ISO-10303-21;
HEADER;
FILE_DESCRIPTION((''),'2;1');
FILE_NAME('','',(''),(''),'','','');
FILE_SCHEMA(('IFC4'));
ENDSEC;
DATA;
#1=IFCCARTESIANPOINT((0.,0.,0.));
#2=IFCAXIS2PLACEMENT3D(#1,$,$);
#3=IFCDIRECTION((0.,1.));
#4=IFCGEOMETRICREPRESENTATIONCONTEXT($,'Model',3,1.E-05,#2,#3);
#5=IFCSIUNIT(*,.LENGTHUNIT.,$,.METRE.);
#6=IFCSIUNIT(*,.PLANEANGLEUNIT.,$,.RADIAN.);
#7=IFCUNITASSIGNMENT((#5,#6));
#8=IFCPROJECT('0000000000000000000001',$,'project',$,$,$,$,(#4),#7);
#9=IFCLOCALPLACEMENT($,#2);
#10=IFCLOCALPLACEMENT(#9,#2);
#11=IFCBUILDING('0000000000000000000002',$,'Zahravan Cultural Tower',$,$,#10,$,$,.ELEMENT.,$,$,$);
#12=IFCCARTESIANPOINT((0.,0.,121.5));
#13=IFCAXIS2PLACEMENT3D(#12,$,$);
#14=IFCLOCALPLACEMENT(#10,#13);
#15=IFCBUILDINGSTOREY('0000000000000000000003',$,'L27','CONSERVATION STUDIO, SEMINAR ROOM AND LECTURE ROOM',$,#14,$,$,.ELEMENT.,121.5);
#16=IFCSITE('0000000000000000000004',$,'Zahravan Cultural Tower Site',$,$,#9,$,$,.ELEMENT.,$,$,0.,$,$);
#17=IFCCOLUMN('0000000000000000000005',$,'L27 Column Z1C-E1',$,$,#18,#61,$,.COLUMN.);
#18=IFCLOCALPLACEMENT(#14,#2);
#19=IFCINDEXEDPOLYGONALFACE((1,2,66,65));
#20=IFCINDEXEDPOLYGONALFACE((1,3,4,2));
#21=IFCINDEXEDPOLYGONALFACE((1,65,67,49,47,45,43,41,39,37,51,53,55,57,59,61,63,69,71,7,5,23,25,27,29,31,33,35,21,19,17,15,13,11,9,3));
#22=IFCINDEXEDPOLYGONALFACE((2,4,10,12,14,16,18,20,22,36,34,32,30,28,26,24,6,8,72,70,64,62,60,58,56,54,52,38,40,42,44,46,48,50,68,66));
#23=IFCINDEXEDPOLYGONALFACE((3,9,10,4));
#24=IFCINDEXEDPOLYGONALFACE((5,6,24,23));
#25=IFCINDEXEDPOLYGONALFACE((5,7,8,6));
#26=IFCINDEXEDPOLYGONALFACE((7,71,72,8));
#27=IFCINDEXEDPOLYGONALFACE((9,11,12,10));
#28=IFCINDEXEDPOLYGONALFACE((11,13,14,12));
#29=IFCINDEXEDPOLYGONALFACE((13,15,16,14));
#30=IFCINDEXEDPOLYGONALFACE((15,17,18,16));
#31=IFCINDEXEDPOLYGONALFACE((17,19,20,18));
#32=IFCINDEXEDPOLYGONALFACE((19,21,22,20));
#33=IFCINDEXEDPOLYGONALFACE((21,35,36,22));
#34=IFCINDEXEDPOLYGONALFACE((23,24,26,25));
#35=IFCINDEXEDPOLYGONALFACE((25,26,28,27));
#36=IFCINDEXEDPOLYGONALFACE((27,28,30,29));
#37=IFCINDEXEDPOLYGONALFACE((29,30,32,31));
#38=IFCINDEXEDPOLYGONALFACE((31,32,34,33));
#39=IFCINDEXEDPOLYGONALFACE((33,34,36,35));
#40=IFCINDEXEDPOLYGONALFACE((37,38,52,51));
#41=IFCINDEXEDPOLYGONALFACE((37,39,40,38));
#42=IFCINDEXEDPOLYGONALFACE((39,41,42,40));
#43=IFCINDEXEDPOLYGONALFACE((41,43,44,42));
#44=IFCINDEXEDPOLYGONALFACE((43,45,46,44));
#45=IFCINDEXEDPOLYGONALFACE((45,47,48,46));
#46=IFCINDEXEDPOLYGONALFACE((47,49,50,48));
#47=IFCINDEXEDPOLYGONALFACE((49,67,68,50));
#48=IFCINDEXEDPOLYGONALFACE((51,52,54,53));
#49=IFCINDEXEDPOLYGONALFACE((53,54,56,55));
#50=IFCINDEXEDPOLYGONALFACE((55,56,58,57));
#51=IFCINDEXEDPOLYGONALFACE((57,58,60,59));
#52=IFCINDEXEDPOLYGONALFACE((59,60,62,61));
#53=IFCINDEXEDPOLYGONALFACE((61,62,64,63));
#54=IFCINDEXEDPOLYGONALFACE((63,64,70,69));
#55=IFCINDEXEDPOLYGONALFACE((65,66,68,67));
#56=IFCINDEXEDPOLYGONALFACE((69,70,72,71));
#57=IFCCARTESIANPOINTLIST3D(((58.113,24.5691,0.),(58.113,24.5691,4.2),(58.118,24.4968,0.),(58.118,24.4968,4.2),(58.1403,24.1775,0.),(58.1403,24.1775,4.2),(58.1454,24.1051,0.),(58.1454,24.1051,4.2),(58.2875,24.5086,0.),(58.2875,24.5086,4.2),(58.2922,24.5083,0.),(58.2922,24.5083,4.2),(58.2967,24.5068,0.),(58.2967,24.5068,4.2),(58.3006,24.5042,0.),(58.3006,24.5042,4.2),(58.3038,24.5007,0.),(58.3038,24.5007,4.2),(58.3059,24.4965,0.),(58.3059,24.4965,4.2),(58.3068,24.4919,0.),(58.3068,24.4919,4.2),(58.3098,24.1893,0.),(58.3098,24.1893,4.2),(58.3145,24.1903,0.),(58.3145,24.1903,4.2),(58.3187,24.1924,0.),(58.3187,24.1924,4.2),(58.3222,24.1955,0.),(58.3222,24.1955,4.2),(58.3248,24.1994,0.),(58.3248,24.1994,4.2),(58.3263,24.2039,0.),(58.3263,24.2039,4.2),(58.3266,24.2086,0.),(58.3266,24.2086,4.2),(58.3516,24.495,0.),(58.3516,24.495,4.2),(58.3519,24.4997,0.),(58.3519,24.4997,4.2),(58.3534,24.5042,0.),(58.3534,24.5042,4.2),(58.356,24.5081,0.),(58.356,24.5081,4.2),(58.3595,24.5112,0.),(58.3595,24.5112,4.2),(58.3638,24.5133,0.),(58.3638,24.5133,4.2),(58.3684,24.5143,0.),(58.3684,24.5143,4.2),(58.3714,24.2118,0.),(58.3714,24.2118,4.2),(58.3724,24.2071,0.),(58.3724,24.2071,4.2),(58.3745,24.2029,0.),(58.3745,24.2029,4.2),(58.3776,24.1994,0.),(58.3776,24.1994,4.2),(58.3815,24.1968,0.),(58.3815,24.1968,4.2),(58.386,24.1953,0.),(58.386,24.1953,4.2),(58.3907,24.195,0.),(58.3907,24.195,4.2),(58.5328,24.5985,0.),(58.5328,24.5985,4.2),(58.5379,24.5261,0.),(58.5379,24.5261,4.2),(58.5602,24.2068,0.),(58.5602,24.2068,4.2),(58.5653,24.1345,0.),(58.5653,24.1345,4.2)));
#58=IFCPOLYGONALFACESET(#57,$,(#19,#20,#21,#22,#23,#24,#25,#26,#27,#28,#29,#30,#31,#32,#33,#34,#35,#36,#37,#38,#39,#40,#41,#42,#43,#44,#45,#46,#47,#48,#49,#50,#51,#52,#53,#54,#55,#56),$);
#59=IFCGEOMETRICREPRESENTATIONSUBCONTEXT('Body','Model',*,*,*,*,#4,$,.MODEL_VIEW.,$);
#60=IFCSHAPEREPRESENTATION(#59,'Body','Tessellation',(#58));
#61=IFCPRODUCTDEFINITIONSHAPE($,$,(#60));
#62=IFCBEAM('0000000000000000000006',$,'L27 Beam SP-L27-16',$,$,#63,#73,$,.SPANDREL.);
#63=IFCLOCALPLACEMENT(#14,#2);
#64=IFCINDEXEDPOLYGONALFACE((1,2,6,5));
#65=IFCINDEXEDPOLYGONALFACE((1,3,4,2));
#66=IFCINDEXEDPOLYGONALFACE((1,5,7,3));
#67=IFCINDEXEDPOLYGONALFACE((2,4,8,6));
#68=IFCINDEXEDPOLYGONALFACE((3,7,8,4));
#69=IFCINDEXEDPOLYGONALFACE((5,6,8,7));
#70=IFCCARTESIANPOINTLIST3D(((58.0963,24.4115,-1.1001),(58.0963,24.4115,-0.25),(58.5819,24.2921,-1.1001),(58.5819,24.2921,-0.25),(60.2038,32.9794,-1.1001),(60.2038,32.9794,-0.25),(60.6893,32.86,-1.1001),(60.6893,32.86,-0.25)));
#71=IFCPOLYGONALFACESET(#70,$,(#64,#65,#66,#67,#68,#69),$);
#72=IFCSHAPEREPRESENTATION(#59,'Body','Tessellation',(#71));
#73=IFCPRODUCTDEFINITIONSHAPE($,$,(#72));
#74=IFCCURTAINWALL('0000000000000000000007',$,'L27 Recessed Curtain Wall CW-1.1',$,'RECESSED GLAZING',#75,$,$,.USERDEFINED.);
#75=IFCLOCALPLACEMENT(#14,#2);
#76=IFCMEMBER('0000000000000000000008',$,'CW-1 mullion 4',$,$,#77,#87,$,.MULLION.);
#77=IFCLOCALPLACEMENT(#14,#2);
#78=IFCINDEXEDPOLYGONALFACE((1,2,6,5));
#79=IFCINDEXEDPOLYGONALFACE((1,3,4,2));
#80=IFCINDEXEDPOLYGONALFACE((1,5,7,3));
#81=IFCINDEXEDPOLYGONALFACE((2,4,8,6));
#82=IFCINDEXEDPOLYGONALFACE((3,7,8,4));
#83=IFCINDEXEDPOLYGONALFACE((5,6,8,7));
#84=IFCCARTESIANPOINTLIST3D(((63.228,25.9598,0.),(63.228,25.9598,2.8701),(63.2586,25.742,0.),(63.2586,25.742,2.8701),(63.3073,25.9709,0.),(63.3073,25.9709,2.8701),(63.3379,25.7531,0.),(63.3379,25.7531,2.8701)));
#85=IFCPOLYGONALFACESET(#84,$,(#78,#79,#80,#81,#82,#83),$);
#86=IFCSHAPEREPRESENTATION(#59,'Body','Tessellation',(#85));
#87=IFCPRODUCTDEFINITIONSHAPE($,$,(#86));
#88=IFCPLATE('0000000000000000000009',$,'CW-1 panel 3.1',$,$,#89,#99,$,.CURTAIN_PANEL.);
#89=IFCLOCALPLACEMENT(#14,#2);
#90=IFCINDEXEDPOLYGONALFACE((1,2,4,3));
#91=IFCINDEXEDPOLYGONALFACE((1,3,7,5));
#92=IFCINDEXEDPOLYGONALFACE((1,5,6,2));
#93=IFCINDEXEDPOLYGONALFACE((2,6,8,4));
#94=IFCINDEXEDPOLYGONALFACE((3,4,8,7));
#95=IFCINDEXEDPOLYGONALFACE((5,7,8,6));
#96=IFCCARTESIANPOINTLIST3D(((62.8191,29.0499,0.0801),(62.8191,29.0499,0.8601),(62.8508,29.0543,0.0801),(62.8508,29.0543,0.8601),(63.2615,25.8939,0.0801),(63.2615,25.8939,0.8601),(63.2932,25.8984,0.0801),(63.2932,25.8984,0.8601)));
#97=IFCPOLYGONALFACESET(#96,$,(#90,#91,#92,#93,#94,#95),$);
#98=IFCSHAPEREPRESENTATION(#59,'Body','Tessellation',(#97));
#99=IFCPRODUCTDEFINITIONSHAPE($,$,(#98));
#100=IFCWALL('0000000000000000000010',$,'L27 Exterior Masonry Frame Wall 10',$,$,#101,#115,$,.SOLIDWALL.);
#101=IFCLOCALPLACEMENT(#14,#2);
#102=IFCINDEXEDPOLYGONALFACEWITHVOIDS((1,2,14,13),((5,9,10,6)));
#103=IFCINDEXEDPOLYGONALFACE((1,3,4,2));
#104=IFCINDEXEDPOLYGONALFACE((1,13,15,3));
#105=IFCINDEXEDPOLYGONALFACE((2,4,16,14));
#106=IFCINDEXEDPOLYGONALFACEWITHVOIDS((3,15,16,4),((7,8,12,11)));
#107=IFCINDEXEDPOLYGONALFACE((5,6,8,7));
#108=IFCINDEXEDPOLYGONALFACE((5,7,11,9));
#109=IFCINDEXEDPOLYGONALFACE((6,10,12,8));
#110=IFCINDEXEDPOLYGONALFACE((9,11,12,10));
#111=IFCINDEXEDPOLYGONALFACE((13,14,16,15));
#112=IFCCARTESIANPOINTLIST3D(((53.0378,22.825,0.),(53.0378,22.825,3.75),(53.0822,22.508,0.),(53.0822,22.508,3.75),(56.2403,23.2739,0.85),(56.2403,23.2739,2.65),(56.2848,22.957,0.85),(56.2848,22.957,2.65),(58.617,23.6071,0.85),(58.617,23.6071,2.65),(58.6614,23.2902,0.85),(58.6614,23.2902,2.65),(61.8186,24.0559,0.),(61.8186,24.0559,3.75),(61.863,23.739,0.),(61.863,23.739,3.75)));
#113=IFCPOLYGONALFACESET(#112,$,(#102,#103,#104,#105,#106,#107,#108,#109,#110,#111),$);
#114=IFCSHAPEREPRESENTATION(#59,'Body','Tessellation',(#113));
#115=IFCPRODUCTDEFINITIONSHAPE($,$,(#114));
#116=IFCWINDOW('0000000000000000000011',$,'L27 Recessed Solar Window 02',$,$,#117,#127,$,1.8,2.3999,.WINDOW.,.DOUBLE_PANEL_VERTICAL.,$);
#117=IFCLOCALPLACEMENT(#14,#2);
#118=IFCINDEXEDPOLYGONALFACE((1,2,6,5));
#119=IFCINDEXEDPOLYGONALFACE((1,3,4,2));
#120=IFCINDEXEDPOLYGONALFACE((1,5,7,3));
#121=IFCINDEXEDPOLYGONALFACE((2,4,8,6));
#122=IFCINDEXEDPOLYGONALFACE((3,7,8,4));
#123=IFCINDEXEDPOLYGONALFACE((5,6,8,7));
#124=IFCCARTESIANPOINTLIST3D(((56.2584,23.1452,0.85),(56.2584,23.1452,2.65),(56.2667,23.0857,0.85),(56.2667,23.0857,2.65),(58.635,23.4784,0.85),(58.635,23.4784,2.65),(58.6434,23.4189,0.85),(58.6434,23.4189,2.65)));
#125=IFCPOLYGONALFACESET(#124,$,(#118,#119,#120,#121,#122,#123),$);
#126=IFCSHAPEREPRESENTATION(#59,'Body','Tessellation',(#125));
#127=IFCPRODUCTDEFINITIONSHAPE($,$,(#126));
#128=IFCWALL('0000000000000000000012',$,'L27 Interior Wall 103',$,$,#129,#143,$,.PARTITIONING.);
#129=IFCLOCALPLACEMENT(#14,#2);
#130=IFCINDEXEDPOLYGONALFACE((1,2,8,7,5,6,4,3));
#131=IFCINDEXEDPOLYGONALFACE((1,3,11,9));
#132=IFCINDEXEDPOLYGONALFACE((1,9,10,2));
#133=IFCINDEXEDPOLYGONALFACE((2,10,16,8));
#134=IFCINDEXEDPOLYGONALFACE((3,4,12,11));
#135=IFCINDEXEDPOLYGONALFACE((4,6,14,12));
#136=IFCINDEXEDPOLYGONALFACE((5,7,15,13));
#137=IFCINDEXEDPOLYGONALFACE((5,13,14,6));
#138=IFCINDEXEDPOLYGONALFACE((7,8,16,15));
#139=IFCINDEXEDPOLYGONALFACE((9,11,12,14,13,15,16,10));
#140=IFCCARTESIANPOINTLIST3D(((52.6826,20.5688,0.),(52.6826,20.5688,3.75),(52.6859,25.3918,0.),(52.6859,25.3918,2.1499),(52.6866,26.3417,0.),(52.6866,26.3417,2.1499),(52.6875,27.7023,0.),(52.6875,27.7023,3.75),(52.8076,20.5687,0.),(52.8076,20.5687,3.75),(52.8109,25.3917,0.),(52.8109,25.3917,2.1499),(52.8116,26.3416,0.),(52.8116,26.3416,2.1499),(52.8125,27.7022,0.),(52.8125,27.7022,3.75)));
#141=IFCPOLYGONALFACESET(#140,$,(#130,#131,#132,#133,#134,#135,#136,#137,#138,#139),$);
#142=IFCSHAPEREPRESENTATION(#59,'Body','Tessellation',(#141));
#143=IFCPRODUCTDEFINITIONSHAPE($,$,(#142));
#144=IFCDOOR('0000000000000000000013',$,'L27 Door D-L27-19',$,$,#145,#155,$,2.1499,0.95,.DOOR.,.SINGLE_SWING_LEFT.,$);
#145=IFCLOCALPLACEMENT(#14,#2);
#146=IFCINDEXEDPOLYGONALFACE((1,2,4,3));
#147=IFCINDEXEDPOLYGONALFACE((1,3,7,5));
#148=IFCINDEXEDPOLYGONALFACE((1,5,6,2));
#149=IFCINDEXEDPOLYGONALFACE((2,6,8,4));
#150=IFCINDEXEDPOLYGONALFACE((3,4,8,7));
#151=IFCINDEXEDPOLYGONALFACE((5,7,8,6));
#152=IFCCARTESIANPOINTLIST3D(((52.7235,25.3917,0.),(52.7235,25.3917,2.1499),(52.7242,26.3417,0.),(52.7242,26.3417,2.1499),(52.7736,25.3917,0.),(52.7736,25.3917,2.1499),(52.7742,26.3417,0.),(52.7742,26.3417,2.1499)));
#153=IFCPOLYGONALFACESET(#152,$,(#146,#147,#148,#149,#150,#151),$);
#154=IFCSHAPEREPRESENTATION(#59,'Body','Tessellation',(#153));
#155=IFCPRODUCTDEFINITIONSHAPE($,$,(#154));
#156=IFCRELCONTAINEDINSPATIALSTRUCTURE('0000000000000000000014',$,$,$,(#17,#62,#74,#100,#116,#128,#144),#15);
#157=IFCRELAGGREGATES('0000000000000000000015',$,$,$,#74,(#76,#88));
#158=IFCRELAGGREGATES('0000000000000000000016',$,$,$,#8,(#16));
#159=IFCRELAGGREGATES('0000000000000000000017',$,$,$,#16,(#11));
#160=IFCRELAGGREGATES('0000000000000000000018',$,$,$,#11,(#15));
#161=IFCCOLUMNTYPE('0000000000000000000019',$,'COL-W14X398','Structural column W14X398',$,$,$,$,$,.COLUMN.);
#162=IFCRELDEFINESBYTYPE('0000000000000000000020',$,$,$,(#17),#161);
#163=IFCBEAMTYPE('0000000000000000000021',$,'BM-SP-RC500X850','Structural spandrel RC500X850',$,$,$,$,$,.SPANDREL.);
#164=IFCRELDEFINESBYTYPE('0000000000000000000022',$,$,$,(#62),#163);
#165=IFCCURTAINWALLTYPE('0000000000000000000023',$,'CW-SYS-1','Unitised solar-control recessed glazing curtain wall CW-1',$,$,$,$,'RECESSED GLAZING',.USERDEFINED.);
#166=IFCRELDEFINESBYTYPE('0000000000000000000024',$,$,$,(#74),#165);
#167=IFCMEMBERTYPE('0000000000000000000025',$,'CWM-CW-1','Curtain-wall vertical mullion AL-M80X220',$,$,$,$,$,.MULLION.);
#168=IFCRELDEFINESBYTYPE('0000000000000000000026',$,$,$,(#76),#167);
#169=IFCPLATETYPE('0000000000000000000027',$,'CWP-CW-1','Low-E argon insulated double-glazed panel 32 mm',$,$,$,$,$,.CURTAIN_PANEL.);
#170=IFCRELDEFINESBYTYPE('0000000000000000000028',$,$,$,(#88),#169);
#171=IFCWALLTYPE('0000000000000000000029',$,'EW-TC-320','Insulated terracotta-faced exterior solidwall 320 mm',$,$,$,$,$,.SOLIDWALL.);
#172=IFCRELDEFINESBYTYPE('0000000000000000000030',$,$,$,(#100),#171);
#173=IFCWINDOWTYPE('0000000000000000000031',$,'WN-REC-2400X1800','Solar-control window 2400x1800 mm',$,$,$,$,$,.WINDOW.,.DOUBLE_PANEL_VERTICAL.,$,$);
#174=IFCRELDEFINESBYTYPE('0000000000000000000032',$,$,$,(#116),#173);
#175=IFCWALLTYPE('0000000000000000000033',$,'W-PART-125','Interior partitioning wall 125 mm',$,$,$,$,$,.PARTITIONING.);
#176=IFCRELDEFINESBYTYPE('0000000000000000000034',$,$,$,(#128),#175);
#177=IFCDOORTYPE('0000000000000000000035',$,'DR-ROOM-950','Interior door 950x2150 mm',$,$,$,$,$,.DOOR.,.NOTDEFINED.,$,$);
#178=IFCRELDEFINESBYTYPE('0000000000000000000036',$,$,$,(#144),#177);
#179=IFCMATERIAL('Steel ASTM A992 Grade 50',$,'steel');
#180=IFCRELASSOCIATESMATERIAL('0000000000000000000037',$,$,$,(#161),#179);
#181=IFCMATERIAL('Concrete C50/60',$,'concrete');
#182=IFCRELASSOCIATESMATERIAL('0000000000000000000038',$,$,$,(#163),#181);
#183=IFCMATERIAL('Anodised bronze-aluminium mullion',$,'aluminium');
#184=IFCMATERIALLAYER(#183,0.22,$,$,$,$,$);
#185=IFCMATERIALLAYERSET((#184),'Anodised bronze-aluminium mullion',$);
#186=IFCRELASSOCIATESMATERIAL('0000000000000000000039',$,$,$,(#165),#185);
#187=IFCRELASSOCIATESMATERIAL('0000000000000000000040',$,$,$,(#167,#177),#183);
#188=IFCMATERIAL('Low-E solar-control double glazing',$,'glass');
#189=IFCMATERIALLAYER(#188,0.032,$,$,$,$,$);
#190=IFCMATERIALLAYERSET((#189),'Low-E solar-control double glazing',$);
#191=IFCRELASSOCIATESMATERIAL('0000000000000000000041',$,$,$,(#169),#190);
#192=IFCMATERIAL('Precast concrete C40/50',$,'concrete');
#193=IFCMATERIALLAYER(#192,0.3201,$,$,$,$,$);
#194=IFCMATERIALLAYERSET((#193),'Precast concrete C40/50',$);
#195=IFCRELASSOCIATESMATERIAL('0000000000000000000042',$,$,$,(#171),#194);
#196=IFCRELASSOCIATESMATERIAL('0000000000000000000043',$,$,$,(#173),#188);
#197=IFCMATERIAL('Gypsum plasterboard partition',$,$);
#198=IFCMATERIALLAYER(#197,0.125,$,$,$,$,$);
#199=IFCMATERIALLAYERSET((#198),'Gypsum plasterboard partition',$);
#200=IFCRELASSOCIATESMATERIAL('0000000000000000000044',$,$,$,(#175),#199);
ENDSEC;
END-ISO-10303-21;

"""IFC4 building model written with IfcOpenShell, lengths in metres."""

from ifc_helpers import new_model, si_unit, direction, frame, frame_2d, origin, origin_2d, place, context, subcontext, project, spatial, rectangle, i_section, extrude, source, transform, mapped, material, layer, layer_set, material_profile, profile_set, type_object, element, fill, aggregate, save


model = new_model("IFC4")

# Units and contexts
model_context = context("Model", 3, precision=1e-05, world=origin(), true_north=direction((0.0, 1.0)))
body_context = subcontext(model_context, "Body", "Model", "MODEL_VIEW")
ifc_project = project(units=[si_unit("LENGTHUNIT", "METRE"), si_unit("PLANEANGLEUNIT", "RADIAN")], contexts=[model_context])

# Site, building, storey
site_placement = place(None, origin())
site = spatial("IfcSite", under=ifc_project, at=site_placement, Name="Zahravan Cultural Tower Site", CompositionType="ELEMENT", RefElevation=0.0)
building_placement = place(site_placement, origin())
building = spatial("IfcBuilding", under=site, at=building_placement, Name="Zahravan Cultural Tower", CompositionType="ELEMENT")
storey_placement = place(building_placement, frame((0.0, 0.0, 121.5)))
storey = spatial("IfcBuildingStorey", under=building, at=storey_placement, Name="L27", Description="CONSERVATION STUDIO, SEMINAR ROOM AND LECTURE ROOM", CompositionType="ELEMENT", Elevation=121.5)

# Column
ifc_material_1 = material(Name="Steel ASTM A992 Grade 50", Category="steel")
ifc_material_profile_1 = material_profile(ifc_material_1, i_section(OverallWidth=0.4209, OverallDepth=0.4651, WebThickness=0.0449, FlangeThickness=0.0725, FilletRadius=0.0181, at=origin_2d()), Name="W14X398")
ifc_profile_set_1 = profile_set([ifc_material_profile_1], Name="Steel ASTM A992 Grade 50")
column_type = type_object("IfcColumnType", Name="COL-W14X398", Description="Structural column W14X398", PredefinedType="COLUMN", material=ifc_profile_set_1)
shared_shape_1 = source(origin(), body_context, "Body", "SweptSolid", [
    extrude(i_section(OverallWidth=0.4209, OverallDepth=0.4651, WebThickness=0.0449, FlangeThickness=0.0725, FilletRadius=0.0181, at=origin_2d()), origin(), (0.0, 0.0, 1.0), 4.2),
])
column_placement = place(storey_placement, frame((58.3391, 24.3518, 0.0), z_axis=(0.0, 0.0, 1.0), x_axis=(0.997564, 0.069756, 0.0)))
element("IfcColumn", 1, at=column_placement, inside=storey, type_object=column_type, Name="L27 Column Z1C-E1", PredefinedType="COLUMN", context=body_context, shape_type="MappedRepresentation", body=[
    mapped(shared_shape_1, transform((0.0, 0.0, 0.0), x_axis=(1.0, 0.0, 0.0), y_axis=(0.0, 1.0, 0.0), z_axis=(0.0, 0.0, 1.0), scale=1.0)),
])

# Beam
ifc_material_2 = material(Name="Concrete C50/60", Category="concrete")
ifc_material_profile_2 = material_profile(ifc_material_2, rectangle(XDim=0.5, YDim=0.8501, at=origin_2d()), Name="RC500X850")
ifc_profile_set_2 = profile_set([ifc_material_profile_2], Name="Concrete C50/60")
beam_type = type_object("IfcBeamType", Name="BM-SP-RC500X850", Description="Structural spandrel RC500X850", PredefinedType="SPANDREL", material=ifc_profile_set_2)
shared_shape_2 = source(origin(), body_context, "Body", "SweptSolid", [
    extrude(rectangle(XDim=0.5, YDim=0.8501, at=origin_2d()), origin(), (0.0, 0.0, 1.0), 8.8232),
])
beam_placement = place(storey_placement, frame((58.3391, 24.3518, -0.675), z_axis=(0.238849, 0.971057, 0.0), x_axis=(-0.971057, 0.238849, 0.0)))
element("IfcBeam", 2, at=beam_placement, inside=storey, type_object=beam_type, Name="L27 Beam SP-L27-16", PredefinedType="SPANDREL", context=body_context, shape_type="MappedRepresentation", body=[
    mapped(shared_shape_2, transform((0.0, 0.0, 0.0), x_axis=(1.0, 0.0, 0.0), y_axis=(0.0, 1.0, 0.0), z_axis=(0.0, 0.0, 1.0), scale=1.0)),
])

# Curtain wall, member, plate
ifc_material_3 = material(Name="Anodised bronze-aluminium mullion", Category="aluminium")
ifc_layer_1 = layer(ifc_material_3, 0.22)
ifc_layer_set_1 = layer_set([ifc_layer_1], Name="Anodised bronze-aluminium mullion")
curtain_wall_type = type_object("IfcCurtainWallType", Name="CW-SYS-1", Description="Unitised solar-control recessed glazing curtain wall CW-1", ElementType="RECESSED GLAZING", PredefinedType="USERDEFINED", material=ifc_layer_set_1)
curtain_wall_placement = place(storey_placement, origin())
curtain_wall = element("IfcCurtainWall", 3, at=curtain_wall_placement, inside=storey, type_object=curtain_wall_type, Name="L27 Recessed Curtain Wall CW-1.1", ObjectType="RECESSED GLAZING", PredefinedType="USERDEFINED")
ifc_material_profile_3 = material_profile(ifc_material_3, rectangle(XDim=0.0801, YDim=0.22, at=origin_2d()), Name="AL-M80X220")
ifc_profile_set_3 = profile_set([ifc_material_profile_3], Name="Anodised bronze-aluminium mullion")
member_type = type_object("IfcMemberType", Name="CWM-CW-1", Description="Curtain-wall vertical mullion AL-M80X220", PredefinedType="MULLION", material=ifc_profile_set_3)
shared_shape_3 = source(origin(), body_context, "Body", "SweptSolid", [
    extrude(rectangle(XDim=0.0801, YDim=0.22, at=origin_2d()), origin(), (0.0, 0.0, 1.0), 2.8701),
])
member_placement = place(storey_placement, frame((63.283, 25.8564, 0.0), z_axis=(0.0, 0.0, 1.0), x_axis=(0.990316, 0.13883, 0.0)))
member = element("IfcMember", 4, at=member_placement, type_object=member_type, Name="CW-1 mullion 4", PredefinedType="MULLION", context=body_context, shape_type="MappedRepresentation", body=[
    mapped(shared_shape_3, transform((0.0, 0.0, 0.0), x_axis=(1.0, 0.0, 0.0), y_axis=(0.0, 1.0, 0.0), z_axis=(0.0, 0.0, 1.0), scale=1.0)),
])
ifc_material_4 = material(Name="Low-E solar-control double glazing", Category="glass")
ifc_layer_2 = layer(ifc_material_4, 0.032)
ifc_layer_set_2 = layer_set([ifc_layer_2], Name="Low-E solar-control double glazing")
plate_type = type_object("IfcPlateType", Name="CWP-CW-1", Description="Low-E argon insulated double-glazed panel 32 mm", PredefinedType="CURTAIN_PANEL", material=ifc_layer_set_2)
shared_shape_4 = source(origin(), body_context, "Body", "SweptSolid", [
    extrude(rectangle(XDim=3.1868, YDim=0.032, at=origin_2d()), origin(), (0.0, 0.0, 1.0), 0.78),
])
plate_placement = place(storey_placement, frame((63.0562, 27.4741, 0.0801), z_axis=(0.0, 0.0, 1.0), x_axis=(0.13883, -0.990316, 0.0)))
plate = element("IfcPlate", 5, at=plate_placement, type_object=plate_type, Name="CW-1 panel 3.1", PredefinedType="CURTAIN_PANEL", context=body_context, shape_type="MappedRepresentation", body=[
    mapped(shared_shape_4, transform((0.0, 0.0, 0.0), x_axis=(1.0, 0.0, 0.0), y_axis=(0.0, 1.0, 0.0), z_axis=(0.0, 0.0, 1.0), scale=1.0)),
])
aggregate(curtain_wall, [member, plate])

# Wall, opening, window
ifc_material_5 = material(Name="Precast concrete C40/50", Category="concrete")
ifc_layer_3 = layer(ifc_material_5, 0.3201)
ifc_layer_set_3 = layer_set([ifc_layer_3], Name="Precast concrete C40/50")
wall_type_1 = type_object("IfcWallType", Name="EW-TC-320", Description="Insulated terracotta-faced exterior solidwall 320 mm", PredefinedType="SOLIDWALL", material=ifc_layer_set_3)
wall_1_placement = place(storey_placement, frame((61.8408, 23.8975, 0.0), z_axis=(0.0, 0.0, 1.0), x_axis=(-0.990316, -0.13883, 0.0)))
wall_1 = element("IfcWall", 6, at=wall_1_placement, inside=storey, type_object=wall_type_1, Name="L27 Exterior Masonry Frame Wall 10", PredefinedType="SOLIDWALL", context=body_context, shape_type="SweptSolid", body=[
    extrude(rectangle(XDim=8.8667, YDim=0.3201, at=frame_2d((4.4333, 0.0))), origin(), (0.0, 0.0, 1.0), 3.75),
])
opening_1_placement = place(wall_1_placement, frame((3.2329, 0.0, 0.8501)))
opening_1 = element("IfcOpeningElement", 7, at=opening_1_placement, cuts=wall_1, PredefinedType="OPENING", context=body_context, shape_type="SweptSolid", body=[
    extrude(rectangle(XDim=2.3999, YDim=1.8, at=frame_2d((1.2, 0.8999))), frame((0.0, 0.1699, 0.0), z_axis=(0.0, -1.0, 0.0), x_axis=(1.0, 0.0, 0.0)), (0.0, 0.0, 1.0), 0.3401),
])
window_type = type_object("IfcWindowType", Name="WN-REC-2400X1800", Description="Solar-control window 2400x1800 mm", PartitioningType="DOUBLE_PANEL_VERTICAL", PredefinedType="WINDOW", material=ifc_material_4)
shared_shape_5 = source(origin(), body_context, "Body", "SweptSolid", [
    extrude(rectangle(XDim=2.3999, YDim=1.8, at=frame_2d((1.2, 0.8999))), frame((0.0, 0.03, 0.0), z_axis=(0.0, -1.0, 0.0), x_axis=(1.0, 0.0, 0.0)), (0.0, 0.0, 1.0), 0.0601),
])
window_placement = place(opening_1_placement, origin())
window = element("IfcWindow", 8, at=window_placement, inside=storey, type_object=window_type, Name="L27 Recessed Solar Window 02", OverallHeight=1.8, OverallWidth=2.3999, PartitioningType="DOUBLE_PANEL_VERTICAL", PredefinedType="WINDOW", context=body_context, shape_type="MappedRepresentation", body=[
    mapped(shared_shape_5, transform((0.0, 0.0, 0.0), x_axis=(1.0, 0.0, 0.0), y_axis=(0.0, 1.0, 0.0), z_axis=(0.0, 0.0, 1.0), scale=1.0)),
])
fill(opening_1, window)

# Wall, opening, door
ifc_material_6 = material(Name="Gypsum plasterboard partition")
ifc_layer_4 = layer(ifc_material_6, 0.125)
ifc_layer_set_4 = layer_set([ifc_layer_4], Name="Gypsum plasterboard partition")
wall_type_2 = type_object("IfcWallType", Name="W-PART-125", Description="Interior partitioning wall 125 mm", PredefinedType="PARTITIONING", material=ifc_layer_set_4)
wall_2_placement = place(storey_placement, frame((52.7451, 20.5686, 0.0), z_axis=(0.0, 0.0, 1.0), x_axis=(0.000684, 1.0, 0.0)))
wall_2 = element("IfcWall", 9, at=wall_2_placement, inside=storey, type_object=wall_type_2, Name="L27 Interior Wall 103", PredefinedType="PARTITIONING", context=body_context, shape_type="SweptSolid", body=[
    extrude(rectangle(XDim=7.1335, YDim=0.125, at=frame_2d((3.5669, 0.0))), origin(), (0.0, 0.0, 1.0), 3.75),
])
opening_2_placement = place(wall_2_placement, frame((4.823, 0.0, 0.0)))
opening_2 = element("IfcOpeningElement", 10, at=opening_2_placement, cuts=wall_2, PredefinedType="OPENING", context=body_context, shape_type="SweptSolid", body=[
    extrude(rectangle(XDim=0.95, YDim=2.1499, at=frame_2d((0.4751, 1.075))), frame((0.0, 0.0725, 0.0), z_axis=(0.0, -1.0, 0.0), x_axis=(1.0, 0.0, 0.0)), (0.0, 0.0, 1.0), 0.145),
])
door_type = type_object("IfcDoorType", Name="DR-ROOM-950", Description="Interior door 950x2150 mm", OperationType="NOTDEFINED", PredefinedType="DOOR", material=ifc_material_3)
shared_shape_6 = source(origin(), body_context, "Body", "SweptSolid", [
    extrude(rectangle(XDim=0.95, YDim=2.1499, at=frame_2d((0.4751, 1.075))), frame((0.0, 0.0249, 0.0), z_axis=(0.0, -1.0, 0.0), x_axis=(1.0, 0.0, 0.0)), (0.0, 0.0, 1.0), 0.05),
])
door_placement = place(opening_2_placement, origin())
door = element("IfcDoor", 11, at=door_placement, inside=storey, type_object=door_type, Name="L27 Door D-L27-19", OperationType="SINGLE_SWING_LEFT", OverallHeight=2.1499, OverallWidth=0.95, PredefinedType="DOOR", context=body_context, shape_type="MappedRepresentation", body=[
    mapped(shared_shape_6, transform((0.0, 0.0, 0.0), x_axis=(1.0, 0.0, 0.0), y_axis=(0.0, 1.0, 0.0), z_axis=(0.0, 0.0, 1.0), scale=1.0)),
])
fill(opening_2, door)

save(model, "model.ifc")
